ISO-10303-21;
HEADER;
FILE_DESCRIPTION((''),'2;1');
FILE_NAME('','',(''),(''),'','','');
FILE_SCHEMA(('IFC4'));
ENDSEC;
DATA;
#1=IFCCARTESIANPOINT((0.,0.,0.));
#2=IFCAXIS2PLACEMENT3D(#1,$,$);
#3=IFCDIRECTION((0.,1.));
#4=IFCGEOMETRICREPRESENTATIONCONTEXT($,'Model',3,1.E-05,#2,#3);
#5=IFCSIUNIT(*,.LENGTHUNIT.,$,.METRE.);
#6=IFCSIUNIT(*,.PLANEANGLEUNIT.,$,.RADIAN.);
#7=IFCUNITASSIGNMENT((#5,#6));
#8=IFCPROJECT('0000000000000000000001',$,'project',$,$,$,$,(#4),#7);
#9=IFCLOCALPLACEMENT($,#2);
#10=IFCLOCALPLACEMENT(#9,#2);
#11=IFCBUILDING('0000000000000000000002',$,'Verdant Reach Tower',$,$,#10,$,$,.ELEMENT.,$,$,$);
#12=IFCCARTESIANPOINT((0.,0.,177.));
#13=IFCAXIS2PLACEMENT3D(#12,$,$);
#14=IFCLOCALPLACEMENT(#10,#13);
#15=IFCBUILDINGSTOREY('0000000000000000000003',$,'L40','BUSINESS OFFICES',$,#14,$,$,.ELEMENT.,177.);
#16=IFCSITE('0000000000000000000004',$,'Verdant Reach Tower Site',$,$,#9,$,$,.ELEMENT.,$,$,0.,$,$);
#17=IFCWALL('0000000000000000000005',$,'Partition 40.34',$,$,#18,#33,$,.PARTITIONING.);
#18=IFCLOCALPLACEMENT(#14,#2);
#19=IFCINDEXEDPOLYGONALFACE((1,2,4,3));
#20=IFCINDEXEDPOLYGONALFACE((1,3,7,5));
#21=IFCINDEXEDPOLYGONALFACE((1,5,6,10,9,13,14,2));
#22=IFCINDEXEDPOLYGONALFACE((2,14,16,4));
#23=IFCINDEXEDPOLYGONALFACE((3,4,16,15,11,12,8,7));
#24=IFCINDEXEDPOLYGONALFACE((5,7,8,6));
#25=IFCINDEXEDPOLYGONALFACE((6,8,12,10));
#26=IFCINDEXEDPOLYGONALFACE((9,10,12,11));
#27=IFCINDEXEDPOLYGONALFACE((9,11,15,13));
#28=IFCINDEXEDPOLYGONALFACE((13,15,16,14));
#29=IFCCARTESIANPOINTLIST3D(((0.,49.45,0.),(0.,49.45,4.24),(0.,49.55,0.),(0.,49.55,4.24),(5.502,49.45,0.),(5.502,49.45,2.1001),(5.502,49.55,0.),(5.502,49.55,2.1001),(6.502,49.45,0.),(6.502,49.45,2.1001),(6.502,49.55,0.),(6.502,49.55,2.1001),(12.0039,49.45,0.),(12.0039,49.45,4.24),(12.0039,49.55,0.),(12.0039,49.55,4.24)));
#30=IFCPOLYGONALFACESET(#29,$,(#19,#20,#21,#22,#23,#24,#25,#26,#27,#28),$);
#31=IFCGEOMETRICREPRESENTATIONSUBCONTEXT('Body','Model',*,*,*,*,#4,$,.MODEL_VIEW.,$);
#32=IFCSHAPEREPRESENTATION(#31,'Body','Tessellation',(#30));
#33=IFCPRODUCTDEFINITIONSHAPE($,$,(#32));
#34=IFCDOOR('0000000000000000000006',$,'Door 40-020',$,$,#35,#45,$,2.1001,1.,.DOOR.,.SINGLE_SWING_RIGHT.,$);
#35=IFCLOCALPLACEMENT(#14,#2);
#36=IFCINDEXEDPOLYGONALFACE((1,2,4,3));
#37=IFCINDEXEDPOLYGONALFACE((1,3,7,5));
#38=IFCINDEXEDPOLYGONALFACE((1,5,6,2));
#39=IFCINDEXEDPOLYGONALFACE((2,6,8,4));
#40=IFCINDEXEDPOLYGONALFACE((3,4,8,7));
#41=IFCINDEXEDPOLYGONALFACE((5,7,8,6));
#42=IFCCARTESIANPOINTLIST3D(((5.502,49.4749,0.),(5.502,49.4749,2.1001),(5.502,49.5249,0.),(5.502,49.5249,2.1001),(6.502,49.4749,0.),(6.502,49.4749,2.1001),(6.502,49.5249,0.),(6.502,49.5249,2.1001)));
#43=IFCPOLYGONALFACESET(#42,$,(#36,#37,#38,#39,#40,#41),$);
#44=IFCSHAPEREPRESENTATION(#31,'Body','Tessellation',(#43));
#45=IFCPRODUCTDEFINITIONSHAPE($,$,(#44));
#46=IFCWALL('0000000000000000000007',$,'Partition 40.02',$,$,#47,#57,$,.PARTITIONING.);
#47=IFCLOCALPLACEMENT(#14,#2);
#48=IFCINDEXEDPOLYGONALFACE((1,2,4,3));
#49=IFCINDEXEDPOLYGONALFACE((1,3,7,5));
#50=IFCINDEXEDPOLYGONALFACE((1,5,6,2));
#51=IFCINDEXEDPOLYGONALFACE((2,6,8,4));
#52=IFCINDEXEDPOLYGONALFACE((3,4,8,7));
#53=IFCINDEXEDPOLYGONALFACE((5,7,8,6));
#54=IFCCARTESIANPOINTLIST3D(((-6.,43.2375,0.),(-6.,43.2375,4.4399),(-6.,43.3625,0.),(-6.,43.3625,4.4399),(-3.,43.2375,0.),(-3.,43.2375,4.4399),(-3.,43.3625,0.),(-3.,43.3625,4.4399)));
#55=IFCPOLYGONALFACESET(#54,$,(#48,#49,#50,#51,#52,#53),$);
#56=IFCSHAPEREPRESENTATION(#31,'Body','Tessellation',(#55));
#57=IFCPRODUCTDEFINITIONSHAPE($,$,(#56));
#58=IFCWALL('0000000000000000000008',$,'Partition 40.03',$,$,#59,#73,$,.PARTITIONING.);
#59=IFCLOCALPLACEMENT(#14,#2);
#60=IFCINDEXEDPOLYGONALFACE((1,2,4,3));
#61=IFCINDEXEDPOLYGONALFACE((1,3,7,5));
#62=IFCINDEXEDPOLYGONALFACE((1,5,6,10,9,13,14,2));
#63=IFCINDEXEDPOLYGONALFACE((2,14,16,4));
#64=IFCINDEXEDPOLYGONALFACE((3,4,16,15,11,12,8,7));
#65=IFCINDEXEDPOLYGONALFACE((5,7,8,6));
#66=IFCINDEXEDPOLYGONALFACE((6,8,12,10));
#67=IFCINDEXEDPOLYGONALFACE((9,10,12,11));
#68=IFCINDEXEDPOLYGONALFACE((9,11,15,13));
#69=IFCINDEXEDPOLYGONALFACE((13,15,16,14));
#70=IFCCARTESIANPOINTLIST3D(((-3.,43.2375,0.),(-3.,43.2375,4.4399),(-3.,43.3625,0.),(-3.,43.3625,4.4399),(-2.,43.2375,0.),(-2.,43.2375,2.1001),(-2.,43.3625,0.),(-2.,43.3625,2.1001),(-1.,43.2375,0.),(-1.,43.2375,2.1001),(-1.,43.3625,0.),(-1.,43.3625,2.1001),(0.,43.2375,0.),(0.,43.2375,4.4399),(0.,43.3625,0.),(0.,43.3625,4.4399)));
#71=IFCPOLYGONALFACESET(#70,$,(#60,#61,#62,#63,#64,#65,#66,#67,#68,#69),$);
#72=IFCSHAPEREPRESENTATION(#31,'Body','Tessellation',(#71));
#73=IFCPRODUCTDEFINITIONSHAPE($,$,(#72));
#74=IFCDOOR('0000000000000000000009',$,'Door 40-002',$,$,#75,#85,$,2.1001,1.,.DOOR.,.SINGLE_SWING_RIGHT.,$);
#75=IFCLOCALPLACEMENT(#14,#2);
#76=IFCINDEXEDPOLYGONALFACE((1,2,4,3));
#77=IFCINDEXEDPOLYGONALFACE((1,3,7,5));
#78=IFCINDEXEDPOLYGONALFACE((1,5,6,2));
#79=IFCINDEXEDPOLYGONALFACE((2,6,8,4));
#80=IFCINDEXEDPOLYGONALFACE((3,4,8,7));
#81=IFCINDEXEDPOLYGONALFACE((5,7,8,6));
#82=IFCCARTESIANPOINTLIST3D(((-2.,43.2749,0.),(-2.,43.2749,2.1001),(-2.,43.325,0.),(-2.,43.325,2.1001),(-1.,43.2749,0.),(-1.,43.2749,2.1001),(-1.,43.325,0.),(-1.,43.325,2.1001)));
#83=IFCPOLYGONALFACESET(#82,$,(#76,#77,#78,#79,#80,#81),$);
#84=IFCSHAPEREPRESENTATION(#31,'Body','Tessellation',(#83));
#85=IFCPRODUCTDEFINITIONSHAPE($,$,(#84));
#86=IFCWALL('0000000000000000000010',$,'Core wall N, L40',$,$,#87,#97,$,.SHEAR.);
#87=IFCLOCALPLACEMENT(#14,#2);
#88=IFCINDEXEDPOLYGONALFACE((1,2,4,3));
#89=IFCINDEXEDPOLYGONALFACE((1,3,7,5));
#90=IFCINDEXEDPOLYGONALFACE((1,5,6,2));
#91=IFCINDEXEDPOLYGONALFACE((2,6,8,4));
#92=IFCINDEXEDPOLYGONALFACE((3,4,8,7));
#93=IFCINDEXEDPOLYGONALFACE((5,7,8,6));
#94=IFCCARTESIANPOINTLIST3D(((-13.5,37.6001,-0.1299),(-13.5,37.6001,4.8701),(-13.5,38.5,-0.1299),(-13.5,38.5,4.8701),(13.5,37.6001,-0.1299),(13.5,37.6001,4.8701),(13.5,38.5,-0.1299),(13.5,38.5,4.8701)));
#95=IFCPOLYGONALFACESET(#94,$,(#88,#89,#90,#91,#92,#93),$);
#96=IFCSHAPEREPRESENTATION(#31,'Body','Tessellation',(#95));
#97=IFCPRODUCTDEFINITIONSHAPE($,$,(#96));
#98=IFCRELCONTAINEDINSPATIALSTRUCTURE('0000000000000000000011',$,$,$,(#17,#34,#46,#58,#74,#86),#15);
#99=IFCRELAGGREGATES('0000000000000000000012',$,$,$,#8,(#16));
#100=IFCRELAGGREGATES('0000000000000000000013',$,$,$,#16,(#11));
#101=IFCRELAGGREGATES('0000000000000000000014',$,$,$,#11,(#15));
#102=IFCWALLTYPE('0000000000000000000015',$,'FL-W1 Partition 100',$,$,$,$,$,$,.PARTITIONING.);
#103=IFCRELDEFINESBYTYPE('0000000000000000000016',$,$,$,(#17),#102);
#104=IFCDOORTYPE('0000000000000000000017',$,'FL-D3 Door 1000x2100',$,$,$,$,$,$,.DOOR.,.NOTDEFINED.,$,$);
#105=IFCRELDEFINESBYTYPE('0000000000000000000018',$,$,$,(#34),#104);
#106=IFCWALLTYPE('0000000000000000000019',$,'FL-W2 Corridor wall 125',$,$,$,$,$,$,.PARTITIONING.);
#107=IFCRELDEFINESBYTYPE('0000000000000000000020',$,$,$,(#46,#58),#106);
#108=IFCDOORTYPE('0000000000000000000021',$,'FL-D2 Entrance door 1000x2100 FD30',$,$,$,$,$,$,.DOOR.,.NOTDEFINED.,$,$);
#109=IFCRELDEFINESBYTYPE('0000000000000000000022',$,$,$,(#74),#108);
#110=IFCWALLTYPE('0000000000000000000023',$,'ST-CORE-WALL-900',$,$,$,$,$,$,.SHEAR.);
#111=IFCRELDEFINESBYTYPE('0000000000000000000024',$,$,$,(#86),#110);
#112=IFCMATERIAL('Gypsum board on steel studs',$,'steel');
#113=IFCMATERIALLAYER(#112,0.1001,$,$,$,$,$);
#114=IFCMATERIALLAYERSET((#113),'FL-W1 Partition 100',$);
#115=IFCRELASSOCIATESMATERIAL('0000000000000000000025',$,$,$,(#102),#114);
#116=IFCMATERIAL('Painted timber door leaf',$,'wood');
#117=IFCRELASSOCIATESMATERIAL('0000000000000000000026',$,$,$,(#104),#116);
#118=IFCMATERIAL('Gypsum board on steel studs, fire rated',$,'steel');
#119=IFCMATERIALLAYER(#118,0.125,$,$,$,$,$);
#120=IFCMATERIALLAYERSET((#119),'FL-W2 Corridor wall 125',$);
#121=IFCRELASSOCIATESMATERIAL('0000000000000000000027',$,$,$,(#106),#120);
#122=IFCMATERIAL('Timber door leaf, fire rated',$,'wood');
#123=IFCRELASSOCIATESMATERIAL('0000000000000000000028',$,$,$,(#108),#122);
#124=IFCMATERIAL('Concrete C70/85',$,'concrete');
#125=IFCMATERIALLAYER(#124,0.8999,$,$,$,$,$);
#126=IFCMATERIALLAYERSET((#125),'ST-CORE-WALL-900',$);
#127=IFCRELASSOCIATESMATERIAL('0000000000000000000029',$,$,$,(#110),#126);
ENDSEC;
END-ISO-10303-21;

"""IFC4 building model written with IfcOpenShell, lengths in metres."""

from ifc_helpers import new_model, si_unit, direction, frame, frame_2d, origin, place, context, subcontext, project, spatial, rectangle, extrude, material, layer, layer_set, type_object, element, fill, save


model = new_model("IFC4")

# Units and contexts
model_context = context("Model", 3, precision=1e-05, world=origin(), true_north=direction((0.0, 1.0)))
body_context = subcontext(model_context, "Body", "Model", "MODEL_VIEW")
ifc_project = project(units=[si_unit("LENGTHUNIT", "METRE"), si_unit("PLANEANGLEUNIT", "RADIAN")], contexts=[model_context])

# Site, building, storey
site_placement = place(None, origin())
site = spatial("IfcSite", under=ifc_project, at=site_placement, Name="Verdant Reach Tower Site", CompositionType="ELEMENT", RefElevation=0.0)
building_placement = place(site_placement, origin())
building = spatial("IfcBuilding", under=site, at=building_placement, Name="Verdant Reach Tower", CompositionType="ELEMENT")
storey_placement = place(building_placement, frame((0.0, 0.0, 177.0)))
storey = spatial("IfcBuildingStorey", under=building, at=storey_placement, Name="L40", Description="BUSINESS OFFICES", CompositionType="ELEMENT", Elevation=177.0)

# Shared definitions
ifc_material_1 = material(Name="Gypsum board on steel studs", Category="steel")
ifc_layer_1 = layer(ifc_material_1, 0.1001)
ifc_layer_set_1 = layer_set([ifc_layer_1], Name="FL-W1 Partition 100")
wall_type_1 = type_object("IfcWallType", Name="FL-W1 Partition 100", PredefinedType="PARTITIONING", material=ifc_layer_set_1)

# Shared definitions
ifc_material_2 = material(Name="Painted timber door leaf", Category="wood")
door_type_1 = type_object("IfcDoorType", Name="FL-D3 Door 1000x2100", OperationType="NOTDEFINED", PredefinedType="DOOR", material=ifc_material_2)

# Wall, opening, door
wall_1_placement = place(storey_placement, frame((0.0, 49.5, 0.0), z_axis=(0.0, 0.0, 1.0), x_axis=(1.0, 0.0, 0.0)))
wall_1 = element("IfcWall", 1, at=wall_1_placement, inside=storey, type_object=wall_type_1, Name="Partition 40.34", PredefinedType="PARTITIONING", context=body_context, shape_type="SweptSolid", body=[
    extrude(rectangle(XDim=12.0039, YDim=0.1001, at=frame_2d((6.002, 0.0))), origin(), (0.0, 0.0, 1.0), 4.24),
])
opening_1_placement = place(wall_1_placement, frame((5.502, 0.0, 0.0)))
opening_1 = element("IfcOpeningElement", 2, at=opening_1_placement, cuts=wall_1, PredefinedType="OPENING", context=body_context, shape_type="SweptSolid", body=[
    extrude(rectangle(XDim=1.0, YDim=2.1001, at=frame_2d((0.5, 1.05))), frame((0.0, 0.0601, 0.0), z_axis=(0.0, -1.0, 0.0), x_axis=(1.0, 0.0, 0.0)), (0.0, 0.0, 1.0), 0.1201),
])
door_1_placement = place(opening_1_placement, origin())
door_1 = element("IfcDoor", 3, at=door_1_placement, inside=storey, type_object=door_type_1, Name="Door 40-020", OperationType="SINGLE_SWING_RIGHT", OverallHeight=2.1001, OverallWidth=1.0, PredefinedType="DOOR", context=body_context, shape_type="SweptSolid", body=[
    extrude(rectangle(XDim=1.0, YDim=2.1001, at=frame_2d((0.5, 1.05))), frame((0.0, 0.0249, 0.0), z_axis=(0.0, -1.0, 0.0), x_axis=(1.0, 0.0, 0.0)), (0.0, 0.0, 1.0), 0.05),
])
fill(opening_1, door_1)

# Wall
ifc_material_3 = material(Name="Gypsum board on steel studs, fire rated", Category="steel")
ifc_layer_2 = layer(ifc_material_3, 0.125)
ifc_layer_set_2 = layer_set([ifc_layer_2], Name="FL-W2 Corridor wall 125")
wall_type_2 = type_object("IfcWallType", Name="FL-W2 Corridor wall 125", PredefinedType="PARTITIONING", material=ifc_layer_set_2)
wall_2_placement = place(storey_placement, frame((-3.0, 43.3, 0.0), z_axis=(0.0, 0.0, 1.0), x_axis=(-1.0, 0.0, 0.0)))
element("IfcWall", 4, at=wall_2_placement, inside=storey, type_object=wall_type_2, Name="Partition 40.02", PredefinedType="PARTITIONING", context=body_context, shape_type="SweptSolid", body=[
    extrude(rectangle(XDim=3.0, YDim=0.125, at=frame_2d((1.5, 0.0))), origin(), (0.0, 0.0, 1.0), 4.4399),
])

# Wall, opening, door
wall_3_placement = place(storey_placement, frame((-3.0, 43.3, 0.0), z_axis=(0.0, 0.0, 1.0), x_axis=(1.0, 0.0, 0.0)))
wall_3 = element("IfcWall", 5, at=wall_3_placement, inside=storey, type_object=wall_type_2, Name="Partition 40.03", PredefinedType="PARTITIONING", context=body_context, shape_type="SweptSolid", body=[
    extrude(rectangle(XDim=3.0, YDim=0.125, at=frame_2d((1.5, 0.0))), origin(), (0.0, 0.0, 1.0), 4.4399),
])
opening_2_placement = place(wall_3_placement, frame((1.0, 0.0, 0.0)))
opening_2 = element("IfcOpeningElement", 6, at=opening_2_placement, cuts=wall_3, PredefinedType="OPENING", context=body_context, shape_type="SweptSolid", body=[
    extrude(rectangle(XDim=1.0, YDim=2.1001, at=frame_2d((0.5, 1.05))), frame((0.0, 0.0725, 0.0), z_axis=(0.0, -1.0, 0.0), x_axis=(1.0, 0.0, 0.0)), (0.0, 0.0, 1.0), 0.145),
])
ifc_material_4 = material(Name="Timber door leaf, fire rated", Category="wood")
door_type_2 = type_object("IfcDoorType", Name="FL-D2 Entrance door 1000x2100 FD30", OperationType="NOTDEFINED", PredefinedType="DOOR", material=ifc_material_4)
door_2_placement = place(opening_2_placement, origin())
door_2 = element("IfcDoor", 7, at=door_2_placement, inside=storey, type_object=door_type_2, Name="Door 40-002", OperationType="SINGLE_SWING_RIGHT", OverallHeight=2.1001, OverallWidth=1.0, PredefinedType="DOOR", context=body_context, shape_type="SweptSolid", body=[
    extrude(rectangle(XDim=1.0, YDim=2.1001, at=frame_2d((0.5, 1.05))), frame((0.0, 0.0249, 0.0), z_axis=(0.0, -1.0, 0.0), x_axis=(1.0, 0.0, 0.0)), (0.0, 0.0, 1.0), 0.05),
])
fill(opening_2, door_2)

# Wall
ifc_material_5 = material(Name="Concrete C70/85", Category="concrete")
ifc_layer_3 = layer(ifc_material_5, 0.8999)
ifc_layer_set_3 = layer_set([ifc_layer_3], Name="ST-CORE-WALL-900")
wall_type_3 = type_object("IfcWallType", Name="ST-CORE-WALL-900", PredefinedType="SHEAR", material=ifc_layer_set_3)
wall_4_placement = place(storey_placement, frame((-13.5, 38.05, -0.1299), z_axis=(0.0, 0.0, 1.0), x_axis=(1.0, 0.0, 0.0)))
element("IfcWall", 8, at=wall_4_placement, inside=storey, type_object=wall_type_3, Name="Core wall N, L40", PredefinedType="SHEAR", context=body_context, shape_type="SweptSolid", body=[
    extrude(rectangle(XDim=27.0, YDim=0.8999, at=frame_2d((13.5, 0.0))), origin(), (0.0, 0.0, 1.0), 5.0),
])

save(model, "model.ifc")
